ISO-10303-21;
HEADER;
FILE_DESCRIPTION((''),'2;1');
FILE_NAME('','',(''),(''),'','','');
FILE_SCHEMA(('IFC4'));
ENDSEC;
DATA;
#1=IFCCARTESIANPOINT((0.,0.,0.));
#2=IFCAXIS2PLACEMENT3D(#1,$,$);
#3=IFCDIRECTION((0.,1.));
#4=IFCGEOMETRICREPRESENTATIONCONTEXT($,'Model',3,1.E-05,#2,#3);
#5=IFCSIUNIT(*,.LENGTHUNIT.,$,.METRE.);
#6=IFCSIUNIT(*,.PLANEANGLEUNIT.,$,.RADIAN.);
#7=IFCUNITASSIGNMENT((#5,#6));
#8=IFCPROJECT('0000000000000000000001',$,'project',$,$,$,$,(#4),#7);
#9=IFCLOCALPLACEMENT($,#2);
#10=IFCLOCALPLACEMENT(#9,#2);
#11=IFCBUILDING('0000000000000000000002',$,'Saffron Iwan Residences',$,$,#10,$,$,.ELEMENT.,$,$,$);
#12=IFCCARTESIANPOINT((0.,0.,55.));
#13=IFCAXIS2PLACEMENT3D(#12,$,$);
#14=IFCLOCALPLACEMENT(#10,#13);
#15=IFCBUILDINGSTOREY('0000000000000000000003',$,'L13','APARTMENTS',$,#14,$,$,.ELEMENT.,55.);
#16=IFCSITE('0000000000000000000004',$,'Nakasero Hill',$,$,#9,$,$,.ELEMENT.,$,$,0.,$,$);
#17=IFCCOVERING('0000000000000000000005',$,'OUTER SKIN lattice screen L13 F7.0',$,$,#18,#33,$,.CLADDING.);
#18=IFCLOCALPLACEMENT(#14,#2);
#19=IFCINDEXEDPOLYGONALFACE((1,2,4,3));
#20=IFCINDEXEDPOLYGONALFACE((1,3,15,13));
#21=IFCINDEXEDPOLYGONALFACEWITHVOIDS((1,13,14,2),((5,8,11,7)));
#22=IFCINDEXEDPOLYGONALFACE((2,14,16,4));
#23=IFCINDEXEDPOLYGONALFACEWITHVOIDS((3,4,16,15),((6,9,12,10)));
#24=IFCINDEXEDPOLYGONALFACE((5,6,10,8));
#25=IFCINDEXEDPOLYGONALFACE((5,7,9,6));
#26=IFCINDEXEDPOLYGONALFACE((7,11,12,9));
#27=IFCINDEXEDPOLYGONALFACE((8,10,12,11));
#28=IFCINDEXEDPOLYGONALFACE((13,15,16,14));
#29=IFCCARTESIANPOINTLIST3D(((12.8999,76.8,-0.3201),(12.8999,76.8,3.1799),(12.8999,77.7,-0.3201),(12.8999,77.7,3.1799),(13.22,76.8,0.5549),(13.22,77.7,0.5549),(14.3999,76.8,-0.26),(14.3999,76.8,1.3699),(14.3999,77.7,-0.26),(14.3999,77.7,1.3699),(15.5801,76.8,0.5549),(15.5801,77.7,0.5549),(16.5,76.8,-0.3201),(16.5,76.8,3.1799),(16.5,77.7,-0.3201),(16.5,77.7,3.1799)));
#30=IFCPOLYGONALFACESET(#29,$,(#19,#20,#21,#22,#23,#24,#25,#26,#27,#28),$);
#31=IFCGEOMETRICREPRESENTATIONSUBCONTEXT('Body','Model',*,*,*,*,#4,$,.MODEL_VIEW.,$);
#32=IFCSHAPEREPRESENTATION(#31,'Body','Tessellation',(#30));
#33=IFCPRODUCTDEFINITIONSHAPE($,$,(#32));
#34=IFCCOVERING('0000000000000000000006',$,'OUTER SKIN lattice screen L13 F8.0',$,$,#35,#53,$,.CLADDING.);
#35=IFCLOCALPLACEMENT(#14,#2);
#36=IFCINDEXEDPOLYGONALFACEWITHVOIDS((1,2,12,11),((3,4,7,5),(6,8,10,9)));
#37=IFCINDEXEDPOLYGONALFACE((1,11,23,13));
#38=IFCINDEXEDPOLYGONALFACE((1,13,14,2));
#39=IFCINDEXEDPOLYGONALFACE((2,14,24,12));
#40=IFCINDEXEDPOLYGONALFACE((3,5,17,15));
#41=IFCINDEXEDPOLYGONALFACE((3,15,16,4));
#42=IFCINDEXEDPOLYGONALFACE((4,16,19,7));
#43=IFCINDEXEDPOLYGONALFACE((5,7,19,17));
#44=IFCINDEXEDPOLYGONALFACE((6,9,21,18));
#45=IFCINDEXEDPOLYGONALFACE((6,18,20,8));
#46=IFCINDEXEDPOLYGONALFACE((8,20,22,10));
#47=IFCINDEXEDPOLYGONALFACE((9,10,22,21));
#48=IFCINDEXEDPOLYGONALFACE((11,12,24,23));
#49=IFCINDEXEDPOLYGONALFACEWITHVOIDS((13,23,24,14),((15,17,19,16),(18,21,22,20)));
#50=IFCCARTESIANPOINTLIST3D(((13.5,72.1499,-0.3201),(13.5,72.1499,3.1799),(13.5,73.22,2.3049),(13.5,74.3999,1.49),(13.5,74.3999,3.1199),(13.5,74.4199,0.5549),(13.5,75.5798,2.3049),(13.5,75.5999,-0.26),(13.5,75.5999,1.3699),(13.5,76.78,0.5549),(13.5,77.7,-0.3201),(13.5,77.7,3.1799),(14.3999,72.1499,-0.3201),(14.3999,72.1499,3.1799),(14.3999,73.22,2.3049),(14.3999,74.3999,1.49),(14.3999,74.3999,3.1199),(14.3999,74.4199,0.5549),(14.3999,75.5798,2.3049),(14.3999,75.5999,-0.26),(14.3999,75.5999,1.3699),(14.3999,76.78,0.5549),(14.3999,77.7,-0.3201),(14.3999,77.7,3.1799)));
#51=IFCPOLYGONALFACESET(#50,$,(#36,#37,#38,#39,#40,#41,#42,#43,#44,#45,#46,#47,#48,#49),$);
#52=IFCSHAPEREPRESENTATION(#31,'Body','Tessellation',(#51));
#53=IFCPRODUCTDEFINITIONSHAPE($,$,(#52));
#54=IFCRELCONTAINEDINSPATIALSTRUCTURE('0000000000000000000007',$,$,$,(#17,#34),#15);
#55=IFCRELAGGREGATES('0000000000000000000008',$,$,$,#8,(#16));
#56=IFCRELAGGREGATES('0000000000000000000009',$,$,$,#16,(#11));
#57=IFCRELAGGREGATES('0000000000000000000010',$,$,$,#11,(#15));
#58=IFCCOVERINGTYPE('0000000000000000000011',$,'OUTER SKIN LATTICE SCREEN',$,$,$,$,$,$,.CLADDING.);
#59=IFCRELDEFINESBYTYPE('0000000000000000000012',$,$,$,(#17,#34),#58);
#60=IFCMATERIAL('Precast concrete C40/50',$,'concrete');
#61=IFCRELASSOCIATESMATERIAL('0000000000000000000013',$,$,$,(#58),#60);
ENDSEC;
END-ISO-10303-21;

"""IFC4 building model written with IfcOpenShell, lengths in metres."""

from ifc_helpers import new_model, si_unit, direction, frame, origin, place, context, subcontext, project, spatial, polyline, outline, extrude, material, type_object, element, save


model = new_model("IFC4")

# Units and contexts
model_context = context("Model", 3, precision=1e-05, world=origin(), true_north=direction((0.0, 1.0)))
body_context = subcontext(model_context, "Body", "Model", "MODEL_VIEW")
ifc_project = project(units=[si_unit("LENGTHUNIT", "METRE"), si_unit("PLANEANGLEUNIT", "RADIAN")], contexts=[model_context])

# Site, building, storey
site_placement = place(None, origin())
site = spatial("IfcSite", under=ifc_project, at=site_placement, Name="Nakasero Hill", CompositionType="ELEMENT", RefElevation=0.0)
building_placement = place(site_placement, origin())
building = spatial("IfcBuilding", under=site, at=building_placement, Name="Saffron Iwan Residences", CompositionType="ELEMENT")
storey_placement = place(building_placement, frame((0.0, 0.0, 55.0)))
storey = spatial("IfcBuildingStorey", under=building, at=storey_placement, Name="L13", Description="APARTMENTS", CompositionType="ELEMENT", Elevation=55.0)

# Coverings
ifc_material_1 = material(Name="Precast concrete C40/50", Category="concrete")
covering_type = type_object("IfcCoveringType", Name="OUTER SKIN LATTICE SCREEN", PredefinedType="CLADDING", material=ifc_material_1)
for number, where, z_axis, x_axis, name in (
    (1, (16.5, 76.8, -0.3201), (0.0, 1.0, 0.0), (-1.0, 0.0, 0.0), "OUTER SKIN lattice screen L13 F7.0"),
):
    element("IfcCovering", number, at=place(storey_placement, frame(where, z_axis=z_axis, x_axis=x_axis)), inside=storey, type_object=covering_type, Name=name, PredefinedType="CLADDING", context=body_context, shape_type="SweptSolid", body=[
        extrude(outline(polyline([(0.0, 0.0), (3.6001, 0.0), (3.6001, 3.5), (0.0, 3.5), (0.0, 0.0)]), holes=[polyline([(0.9199, 0.875), (2.1001, 0.0601), (3.28, 0.875), (2.1001, 1.6899), (0.9199, 0.875)])]), origin(), (0.0, 0.0, 1.0), 0.8999),
    ])
covering_placement = place(storey_placement, frame((14.3999, 77.7, -0.3201), z_axis=(-1.0, 0.0, 0.0), x_axis=(0.0, -1.0, 0.0)))
element("IfcCovering", 2, at=covering_placement, inside=storey, type_object=covering_type, Name="OUTER SKIN lattice screen L13 F8.0", PredefinedType="CLADDING", context=body_context, shape_type="SweptSolid", body=[
    extrude(outline(polyline([(0.0, 0.0), (5.55, 0.0), (5.55, 3.5), (0.0, 3.5), (0.0, 0.0)]), holes=[polyline([(0.9199, 0.875), (2.1001, 0.0601), (3.28, 0.875), (2.1001, 1.6899), (0.9199, 0.875)]), polyline([(2.1201, 2.625), (3.3, 1.8101), (4.48, 2.625), (3.3, 3.4399), (2.1201, 2.625)])]), origin(), (0.0, 0.0, 1.0), 0.8999),
])

save(model, "model.ifc")
